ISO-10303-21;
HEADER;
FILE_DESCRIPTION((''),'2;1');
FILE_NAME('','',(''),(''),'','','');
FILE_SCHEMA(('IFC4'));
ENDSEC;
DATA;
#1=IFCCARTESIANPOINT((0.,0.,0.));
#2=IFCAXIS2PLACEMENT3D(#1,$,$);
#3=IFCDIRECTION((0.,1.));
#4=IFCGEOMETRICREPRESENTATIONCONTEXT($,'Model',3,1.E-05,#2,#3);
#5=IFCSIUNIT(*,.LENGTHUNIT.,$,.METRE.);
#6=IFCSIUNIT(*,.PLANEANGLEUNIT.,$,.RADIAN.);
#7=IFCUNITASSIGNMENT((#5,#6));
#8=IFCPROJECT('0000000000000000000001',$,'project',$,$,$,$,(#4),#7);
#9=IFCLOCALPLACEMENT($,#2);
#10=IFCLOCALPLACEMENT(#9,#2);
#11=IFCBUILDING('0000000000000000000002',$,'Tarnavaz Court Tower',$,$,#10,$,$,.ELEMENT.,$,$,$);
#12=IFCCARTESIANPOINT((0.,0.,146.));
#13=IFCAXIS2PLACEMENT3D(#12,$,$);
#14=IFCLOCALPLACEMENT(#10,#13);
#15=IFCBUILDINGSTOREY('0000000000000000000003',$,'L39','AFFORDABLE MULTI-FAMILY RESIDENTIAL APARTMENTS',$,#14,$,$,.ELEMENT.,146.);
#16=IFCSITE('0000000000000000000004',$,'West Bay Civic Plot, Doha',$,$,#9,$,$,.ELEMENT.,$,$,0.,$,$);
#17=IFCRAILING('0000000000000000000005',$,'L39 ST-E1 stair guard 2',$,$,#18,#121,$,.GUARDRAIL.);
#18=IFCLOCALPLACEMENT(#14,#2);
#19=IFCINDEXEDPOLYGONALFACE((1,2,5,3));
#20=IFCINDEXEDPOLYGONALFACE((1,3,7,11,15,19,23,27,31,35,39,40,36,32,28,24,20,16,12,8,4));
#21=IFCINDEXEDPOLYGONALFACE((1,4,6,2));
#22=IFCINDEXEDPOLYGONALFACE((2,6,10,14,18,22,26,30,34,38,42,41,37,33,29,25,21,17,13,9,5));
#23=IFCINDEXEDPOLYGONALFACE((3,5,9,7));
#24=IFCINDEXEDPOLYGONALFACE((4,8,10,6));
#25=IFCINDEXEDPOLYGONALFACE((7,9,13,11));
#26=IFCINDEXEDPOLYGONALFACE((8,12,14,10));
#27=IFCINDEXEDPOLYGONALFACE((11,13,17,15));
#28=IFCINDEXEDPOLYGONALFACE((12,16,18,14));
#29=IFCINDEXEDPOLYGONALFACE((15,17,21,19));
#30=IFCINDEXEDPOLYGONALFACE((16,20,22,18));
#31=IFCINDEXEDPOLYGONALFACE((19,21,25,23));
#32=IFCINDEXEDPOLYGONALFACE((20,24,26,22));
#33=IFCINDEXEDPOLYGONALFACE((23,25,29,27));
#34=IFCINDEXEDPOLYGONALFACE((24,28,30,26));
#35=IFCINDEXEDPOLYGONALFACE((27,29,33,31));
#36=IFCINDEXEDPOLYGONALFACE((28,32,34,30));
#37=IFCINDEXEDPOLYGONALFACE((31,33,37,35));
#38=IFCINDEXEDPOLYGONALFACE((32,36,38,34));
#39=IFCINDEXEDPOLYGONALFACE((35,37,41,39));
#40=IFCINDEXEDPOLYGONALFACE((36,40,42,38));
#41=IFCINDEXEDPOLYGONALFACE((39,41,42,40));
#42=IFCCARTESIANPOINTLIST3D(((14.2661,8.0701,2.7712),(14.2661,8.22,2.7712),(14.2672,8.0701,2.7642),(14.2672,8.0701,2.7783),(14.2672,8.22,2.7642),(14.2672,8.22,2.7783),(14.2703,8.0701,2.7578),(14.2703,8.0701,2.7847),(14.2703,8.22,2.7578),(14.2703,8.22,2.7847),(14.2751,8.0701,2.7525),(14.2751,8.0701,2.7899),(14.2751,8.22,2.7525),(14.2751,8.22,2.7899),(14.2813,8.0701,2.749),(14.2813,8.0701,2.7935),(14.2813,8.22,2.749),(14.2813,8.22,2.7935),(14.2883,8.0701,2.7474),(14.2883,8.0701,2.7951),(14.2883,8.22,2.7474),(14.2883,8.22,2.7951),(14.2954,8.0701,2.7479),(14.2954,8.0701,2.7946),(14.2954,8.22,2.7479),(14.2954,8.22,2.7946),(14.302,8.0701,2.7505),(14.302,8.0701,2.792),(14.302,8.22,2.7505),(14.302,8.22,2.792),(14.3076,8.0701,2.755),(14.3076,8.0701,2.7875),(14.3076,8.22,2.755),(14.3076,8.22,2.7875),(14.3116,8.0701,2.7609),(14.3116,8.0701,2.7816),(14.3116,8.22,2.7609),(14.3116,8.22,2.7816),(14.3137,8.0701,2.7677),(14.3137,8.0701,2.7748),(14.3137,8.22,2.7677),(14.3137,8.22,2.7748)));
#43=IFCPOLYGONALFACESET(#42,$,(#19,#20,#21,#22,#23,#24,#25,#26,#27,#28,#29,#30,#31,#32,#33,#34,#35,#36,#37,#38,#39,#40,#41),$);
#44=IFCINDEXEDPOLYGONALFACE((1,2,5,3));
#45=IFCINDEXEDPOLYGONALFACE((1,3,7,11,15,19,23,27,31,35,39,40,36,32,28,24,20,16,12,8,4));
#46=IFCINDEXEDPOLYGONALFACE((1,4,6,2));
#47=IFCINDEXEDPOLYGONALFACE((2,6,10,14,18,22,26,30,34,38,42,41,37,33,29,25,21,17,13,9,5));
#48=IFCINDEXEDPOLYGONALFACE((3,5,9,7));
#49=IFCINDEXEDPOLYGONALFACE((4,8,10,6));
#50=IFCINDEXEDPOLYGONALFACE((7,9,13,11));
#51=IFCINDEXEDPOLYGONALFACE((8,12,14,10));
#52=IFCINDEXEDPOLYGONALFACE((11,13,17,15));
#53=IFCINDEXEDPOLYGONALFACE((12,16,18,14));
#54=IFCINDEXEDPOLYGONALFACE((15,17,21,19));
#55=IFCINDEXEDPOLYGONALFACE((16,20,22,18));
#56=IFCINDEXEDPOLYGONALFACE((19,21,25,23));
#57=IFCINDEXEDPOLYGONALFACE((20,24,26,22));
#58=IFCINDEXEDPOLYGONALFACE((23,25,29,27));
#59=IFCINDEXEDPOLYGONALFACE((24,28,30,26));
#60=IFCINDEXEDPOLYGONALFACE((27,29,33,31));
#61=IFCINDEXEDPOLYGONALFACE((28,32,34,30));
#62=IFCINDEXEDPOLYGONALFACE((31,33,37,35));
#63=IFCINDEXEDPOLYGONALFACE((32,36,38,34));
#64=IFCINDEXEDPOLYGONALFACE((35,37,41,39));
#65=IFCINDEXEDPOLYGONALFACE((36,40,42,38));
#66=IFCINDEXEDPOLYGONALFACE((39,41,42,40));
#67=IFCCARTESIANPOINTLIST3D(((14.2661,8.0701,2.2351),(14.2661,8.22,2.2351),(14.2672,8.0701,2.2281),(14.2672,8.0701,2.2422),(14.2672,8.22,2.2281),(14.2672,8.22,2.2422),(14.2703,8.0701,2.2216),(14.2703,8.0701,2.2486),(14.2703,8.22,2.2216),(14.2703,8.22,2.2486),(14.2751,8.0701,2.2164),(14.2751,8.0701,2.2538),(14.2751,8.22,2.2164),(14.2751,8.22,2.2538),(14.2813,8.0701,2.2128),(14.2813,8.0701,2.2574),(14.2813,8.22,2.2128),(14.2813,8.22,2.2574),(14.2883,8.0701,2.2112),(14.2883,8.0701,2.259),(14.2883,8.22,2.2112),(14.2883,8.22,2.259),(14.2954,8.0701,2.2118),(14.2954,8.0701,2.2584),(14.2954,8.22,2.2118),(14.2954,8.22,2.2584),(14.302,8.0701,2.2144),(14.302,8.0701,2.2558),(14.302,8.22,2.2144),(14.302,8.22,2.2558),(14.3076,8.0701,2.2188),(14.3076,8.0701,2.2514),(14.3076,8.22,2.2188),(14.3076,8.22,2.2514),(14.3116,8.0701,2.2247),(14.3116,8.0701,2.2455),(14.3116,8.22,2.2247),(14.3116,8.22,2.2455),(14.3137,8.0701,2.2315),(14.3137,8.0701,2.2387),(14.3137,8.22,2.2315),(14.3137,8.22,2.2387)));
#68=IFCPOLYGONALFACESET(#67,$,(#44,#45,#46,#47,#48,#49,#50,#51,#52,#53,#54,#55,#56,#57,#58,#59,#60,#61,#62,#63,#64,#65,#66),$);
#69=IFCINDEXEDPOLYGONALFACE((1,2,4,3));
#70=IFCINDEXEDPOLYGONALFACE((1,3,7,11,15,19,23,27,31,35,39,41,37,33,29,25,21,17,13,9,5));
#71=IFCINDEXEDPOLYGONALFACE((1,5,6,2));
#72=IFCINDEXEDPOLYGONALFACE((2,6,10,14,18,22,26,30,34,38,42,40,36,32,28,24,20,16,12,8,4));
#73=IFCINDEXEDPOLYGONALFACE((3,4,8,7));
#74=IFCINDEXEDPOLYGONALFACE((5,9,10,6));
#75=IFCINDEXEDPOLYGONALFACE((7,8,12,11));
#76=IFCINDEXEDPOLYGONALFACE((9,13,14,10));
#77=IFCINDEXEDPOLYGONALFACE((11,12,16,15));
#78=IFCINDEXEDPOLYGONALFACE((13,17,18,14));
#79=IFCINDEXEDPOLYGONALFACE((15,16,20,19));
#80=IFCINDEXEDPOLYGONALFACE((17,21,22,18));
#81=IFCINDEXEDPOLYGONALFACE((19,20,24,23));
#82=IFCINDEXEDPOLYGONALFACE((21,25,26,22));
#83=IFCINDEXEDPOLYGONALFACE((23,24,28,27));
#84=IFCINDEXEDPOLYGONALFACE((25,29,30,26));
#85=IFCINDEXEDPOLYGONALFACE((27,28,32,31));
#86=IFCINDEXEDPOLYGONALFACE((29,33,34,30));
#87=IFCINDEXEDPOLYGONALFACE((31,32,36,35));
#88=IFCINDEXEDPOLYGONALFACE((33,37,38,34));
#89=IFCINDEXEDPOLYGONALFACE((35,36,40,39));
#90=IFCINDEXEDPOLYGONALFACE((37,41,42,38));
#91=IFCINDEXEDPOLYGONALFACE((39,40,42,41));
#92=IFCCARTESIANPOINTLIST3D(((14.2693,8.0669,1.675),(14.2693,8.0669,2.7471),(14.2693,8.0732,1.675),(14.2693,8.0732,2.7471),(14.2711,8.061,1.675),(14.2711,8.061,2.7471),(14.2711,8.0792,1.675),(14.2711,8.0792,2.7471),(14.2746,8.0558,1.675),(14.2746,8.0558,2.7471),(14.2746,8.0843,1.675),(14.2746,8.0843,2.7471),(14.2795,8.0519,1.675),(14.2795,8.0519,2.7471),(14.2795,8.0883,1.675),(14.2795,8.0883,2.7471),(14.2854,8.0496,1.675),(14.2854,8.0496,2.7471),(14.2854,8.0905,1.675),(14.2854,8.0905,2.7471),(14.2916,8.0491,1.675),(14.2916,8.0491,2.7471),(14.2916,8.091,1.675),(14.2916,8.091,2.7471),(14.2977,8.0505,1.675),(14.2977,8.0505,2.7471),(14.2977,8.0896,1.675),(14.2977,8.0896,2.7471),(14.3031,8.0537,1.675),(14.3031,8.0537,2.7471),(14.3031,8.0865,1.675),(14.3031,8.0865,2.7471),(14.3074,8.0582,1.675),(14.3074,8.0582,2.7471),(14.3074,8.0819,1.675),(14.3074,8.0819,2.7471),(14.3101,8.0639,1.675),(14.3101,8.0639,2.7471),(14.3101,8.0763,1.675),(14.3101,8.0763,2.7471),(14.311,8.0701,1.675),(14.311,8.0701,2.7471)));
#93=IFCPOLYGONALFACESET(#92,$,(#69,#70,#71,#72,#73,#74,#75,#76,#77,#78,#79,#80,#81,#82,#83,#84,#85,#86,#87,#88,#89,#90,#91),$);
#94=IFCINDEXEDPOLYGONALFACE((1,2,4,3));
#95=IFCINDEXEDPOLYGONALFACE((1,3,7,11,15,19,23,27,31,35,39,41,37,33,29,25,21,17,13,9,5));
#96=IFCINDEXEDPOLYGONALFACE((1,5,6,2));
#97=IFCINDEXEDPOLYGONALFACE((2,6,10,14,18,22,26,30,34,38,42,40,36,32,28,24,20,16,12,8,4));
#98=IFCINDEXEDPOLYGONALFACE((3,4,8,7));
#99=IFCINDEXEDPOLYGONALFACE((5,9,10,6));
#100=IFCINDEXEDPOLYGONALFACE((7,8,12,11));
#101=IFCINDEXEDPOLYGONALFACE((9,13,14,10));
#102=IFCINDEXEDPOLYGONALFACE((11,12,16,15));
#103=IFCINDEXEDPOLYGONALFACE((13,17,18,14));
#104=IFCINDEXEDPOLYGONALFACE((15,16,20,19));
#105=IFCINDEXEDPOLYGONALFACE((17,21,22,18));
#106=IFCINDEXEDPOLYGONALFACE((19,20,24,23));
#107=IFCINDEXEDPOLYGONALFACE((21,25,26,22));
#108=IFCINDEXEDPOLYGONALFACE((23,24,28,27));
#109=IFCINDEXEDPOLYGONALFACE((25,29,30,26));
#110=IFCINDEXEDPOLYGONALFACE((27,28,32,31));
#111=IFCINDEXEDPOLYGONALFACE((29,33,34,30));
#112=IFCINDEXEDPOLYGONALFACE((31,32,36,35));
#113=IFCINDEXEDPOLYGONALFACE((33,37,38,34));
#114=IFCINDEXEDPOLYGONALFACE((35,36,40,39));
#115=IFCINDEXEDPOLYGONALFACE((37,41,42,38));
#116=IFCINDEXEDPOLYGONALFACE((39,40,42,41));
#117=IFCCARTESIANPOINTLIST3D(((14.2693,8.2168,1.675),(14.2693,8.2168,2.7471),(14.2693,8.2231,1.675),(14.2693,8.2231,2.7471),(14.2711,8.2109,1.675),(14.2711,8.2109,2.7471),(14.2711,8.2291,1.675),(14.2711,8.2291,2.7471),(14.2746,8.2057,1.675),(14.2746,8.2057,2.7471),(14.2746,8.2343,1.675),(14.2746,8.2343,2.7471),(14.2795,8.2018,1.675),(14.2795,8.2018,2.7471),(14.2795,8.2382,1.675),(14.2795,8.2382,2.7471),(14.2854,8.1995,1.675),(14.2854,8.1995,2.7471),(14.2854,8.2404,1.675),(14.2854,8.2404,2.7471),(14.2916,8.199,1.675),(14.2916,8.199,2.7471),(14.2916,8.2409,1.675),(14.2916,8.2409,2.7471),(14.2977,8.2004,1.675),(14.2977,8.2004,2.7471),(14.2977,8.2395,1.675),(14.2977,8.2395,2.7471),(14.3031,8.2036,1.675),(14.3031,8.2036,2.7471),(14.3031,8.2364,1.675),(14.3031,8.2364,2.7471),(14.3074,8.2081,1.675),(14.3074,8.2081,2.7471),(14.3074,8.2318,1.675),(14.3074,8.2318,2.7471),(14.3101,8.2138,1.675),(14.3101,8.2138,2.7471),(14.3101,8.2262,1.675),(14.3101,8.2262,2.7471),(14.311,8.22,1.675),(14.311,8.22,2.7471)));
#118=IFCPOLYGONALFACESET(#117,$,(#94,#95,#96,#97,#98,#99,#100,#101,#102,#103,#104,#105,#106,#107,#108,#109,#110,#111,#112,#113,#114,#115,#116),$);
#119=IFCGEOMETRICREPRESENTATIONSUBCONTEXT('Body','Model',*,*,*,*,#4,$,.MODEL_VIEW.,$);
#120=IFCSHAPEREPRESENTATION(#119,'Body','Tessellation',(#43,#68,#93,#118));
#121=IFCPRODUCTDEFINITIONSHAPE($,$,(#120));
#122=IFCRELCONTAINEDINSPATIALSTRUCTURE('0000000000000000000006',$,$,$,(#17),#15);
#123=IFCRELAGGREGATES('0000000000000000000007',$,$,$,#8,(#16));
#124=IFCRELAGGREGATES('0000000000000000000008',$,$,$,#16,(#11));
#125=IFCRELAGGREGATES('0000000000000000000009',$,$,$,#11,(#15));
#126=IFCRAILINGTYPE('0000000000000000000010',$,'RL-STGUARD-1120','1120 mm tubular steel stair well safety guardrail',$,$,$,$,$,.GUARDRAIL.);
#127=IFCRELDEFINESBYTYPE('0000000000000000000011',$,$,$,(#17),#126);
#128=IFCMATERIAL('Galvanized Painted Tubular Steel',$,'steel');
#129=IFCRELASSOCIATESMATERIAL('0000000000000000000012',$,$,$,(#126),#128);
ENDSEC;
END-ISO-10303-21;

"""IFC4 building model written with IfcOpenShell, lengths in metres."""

from ifc_helpers import new_model, si_unit, direction, frame, origin, origin_2d, place, context, subcontext, project, spatial, circle, extrude, material, type_object, element, save


model = new_model("IFC4")

# Units and contexts
model_context = context("Model", 3, precision=1e-05, world=origin(), true_north=direction((0.0, 1.0)))
body_context = subcontext(model_context, "Body", "Model", "MODEL_VIEW")
ifc_project = project(units=[si_unit("LENGTHUNIT", "METRE"), si_unit("PLANEANGLEUNIT", "RADIAN")], contexts=[model_context])

# Site, building, storey
site_placement = place(None, origin())
site = spatial("IfcSite", under=ifc_project, at=site_placement, Name="West Bay Civic Plot, Doha", CompositionType="ELEMENT", RefElevation=0.0)
building_placement = place(site_placement, origin())
building = spatial("IfcBuilding", under=site, at=building_placement, Name="Tarnavaz Court Tower", CompositionType="ELEMENT")
storey_placement = place(building_placement, frame((0.0, 0.0, 146.0)))
storey = spatial("IfcBuildingStorey", under=building, at=storey_placement, Name="L39", Description="AFFORDABLE MULTI-FAMILY RESIDENTIAL APARTMENTS", CompositionType="ELEMENT", Elevation=146.0)

# Railing
ifc_material_1 = material(Name="Galvanized Painted Tubular Steel", Category="steel")
railing_type_1 = type_object("IfcRailingType", Name="RL-STGUARD-1120", Description="1120 mm tubular steel stair well safety guardrail", PredefinedType="GUARDRAIL", material=ifc_material_1)
railing_1_placement = place(storey_placement, frame((14.29, 8.0701, 1.675)))
element("IfcRailing", 1, at=railing_1_placement, inside=storey, type_object=railing_type_1, Name="L39 ST-E1 stair guard 2", PredefinedType="GUARDRAIL", context=body_context, shape_type="SweptSolid", body=[
    extrude(circle(Radius=0.0239, at=origin_2d()), frame((0.0, 0.0, 1.0962), z_axis=(0.0, 1.0, 0.0), x_axis=(-1.0, 0.0, 0.0)), (0.0, 0.0, 1.0), 0.1499),
    extrude(circle(Radius=0.0239, at=origin_2d()), frame((0.0, 0.0, 0.5601), z_axis=(0.0, 1.0, 0.0), x_axis=(-1.0, 0.0, 0.0)), (0.0, 0.0, 1.0), 0.1499),
    extrude(circle(Radius=0.021, at=origin_2d()), origin(), (0.0, 0.0, 1.0), 1.072),
    extrude(circle(Radius=0.021, at=origin_2d()), frame((0.0, 0.1499, 0.0)), (0.0, 0.0, 1.0), 1.072),
])

save(model, "model.ifc")
